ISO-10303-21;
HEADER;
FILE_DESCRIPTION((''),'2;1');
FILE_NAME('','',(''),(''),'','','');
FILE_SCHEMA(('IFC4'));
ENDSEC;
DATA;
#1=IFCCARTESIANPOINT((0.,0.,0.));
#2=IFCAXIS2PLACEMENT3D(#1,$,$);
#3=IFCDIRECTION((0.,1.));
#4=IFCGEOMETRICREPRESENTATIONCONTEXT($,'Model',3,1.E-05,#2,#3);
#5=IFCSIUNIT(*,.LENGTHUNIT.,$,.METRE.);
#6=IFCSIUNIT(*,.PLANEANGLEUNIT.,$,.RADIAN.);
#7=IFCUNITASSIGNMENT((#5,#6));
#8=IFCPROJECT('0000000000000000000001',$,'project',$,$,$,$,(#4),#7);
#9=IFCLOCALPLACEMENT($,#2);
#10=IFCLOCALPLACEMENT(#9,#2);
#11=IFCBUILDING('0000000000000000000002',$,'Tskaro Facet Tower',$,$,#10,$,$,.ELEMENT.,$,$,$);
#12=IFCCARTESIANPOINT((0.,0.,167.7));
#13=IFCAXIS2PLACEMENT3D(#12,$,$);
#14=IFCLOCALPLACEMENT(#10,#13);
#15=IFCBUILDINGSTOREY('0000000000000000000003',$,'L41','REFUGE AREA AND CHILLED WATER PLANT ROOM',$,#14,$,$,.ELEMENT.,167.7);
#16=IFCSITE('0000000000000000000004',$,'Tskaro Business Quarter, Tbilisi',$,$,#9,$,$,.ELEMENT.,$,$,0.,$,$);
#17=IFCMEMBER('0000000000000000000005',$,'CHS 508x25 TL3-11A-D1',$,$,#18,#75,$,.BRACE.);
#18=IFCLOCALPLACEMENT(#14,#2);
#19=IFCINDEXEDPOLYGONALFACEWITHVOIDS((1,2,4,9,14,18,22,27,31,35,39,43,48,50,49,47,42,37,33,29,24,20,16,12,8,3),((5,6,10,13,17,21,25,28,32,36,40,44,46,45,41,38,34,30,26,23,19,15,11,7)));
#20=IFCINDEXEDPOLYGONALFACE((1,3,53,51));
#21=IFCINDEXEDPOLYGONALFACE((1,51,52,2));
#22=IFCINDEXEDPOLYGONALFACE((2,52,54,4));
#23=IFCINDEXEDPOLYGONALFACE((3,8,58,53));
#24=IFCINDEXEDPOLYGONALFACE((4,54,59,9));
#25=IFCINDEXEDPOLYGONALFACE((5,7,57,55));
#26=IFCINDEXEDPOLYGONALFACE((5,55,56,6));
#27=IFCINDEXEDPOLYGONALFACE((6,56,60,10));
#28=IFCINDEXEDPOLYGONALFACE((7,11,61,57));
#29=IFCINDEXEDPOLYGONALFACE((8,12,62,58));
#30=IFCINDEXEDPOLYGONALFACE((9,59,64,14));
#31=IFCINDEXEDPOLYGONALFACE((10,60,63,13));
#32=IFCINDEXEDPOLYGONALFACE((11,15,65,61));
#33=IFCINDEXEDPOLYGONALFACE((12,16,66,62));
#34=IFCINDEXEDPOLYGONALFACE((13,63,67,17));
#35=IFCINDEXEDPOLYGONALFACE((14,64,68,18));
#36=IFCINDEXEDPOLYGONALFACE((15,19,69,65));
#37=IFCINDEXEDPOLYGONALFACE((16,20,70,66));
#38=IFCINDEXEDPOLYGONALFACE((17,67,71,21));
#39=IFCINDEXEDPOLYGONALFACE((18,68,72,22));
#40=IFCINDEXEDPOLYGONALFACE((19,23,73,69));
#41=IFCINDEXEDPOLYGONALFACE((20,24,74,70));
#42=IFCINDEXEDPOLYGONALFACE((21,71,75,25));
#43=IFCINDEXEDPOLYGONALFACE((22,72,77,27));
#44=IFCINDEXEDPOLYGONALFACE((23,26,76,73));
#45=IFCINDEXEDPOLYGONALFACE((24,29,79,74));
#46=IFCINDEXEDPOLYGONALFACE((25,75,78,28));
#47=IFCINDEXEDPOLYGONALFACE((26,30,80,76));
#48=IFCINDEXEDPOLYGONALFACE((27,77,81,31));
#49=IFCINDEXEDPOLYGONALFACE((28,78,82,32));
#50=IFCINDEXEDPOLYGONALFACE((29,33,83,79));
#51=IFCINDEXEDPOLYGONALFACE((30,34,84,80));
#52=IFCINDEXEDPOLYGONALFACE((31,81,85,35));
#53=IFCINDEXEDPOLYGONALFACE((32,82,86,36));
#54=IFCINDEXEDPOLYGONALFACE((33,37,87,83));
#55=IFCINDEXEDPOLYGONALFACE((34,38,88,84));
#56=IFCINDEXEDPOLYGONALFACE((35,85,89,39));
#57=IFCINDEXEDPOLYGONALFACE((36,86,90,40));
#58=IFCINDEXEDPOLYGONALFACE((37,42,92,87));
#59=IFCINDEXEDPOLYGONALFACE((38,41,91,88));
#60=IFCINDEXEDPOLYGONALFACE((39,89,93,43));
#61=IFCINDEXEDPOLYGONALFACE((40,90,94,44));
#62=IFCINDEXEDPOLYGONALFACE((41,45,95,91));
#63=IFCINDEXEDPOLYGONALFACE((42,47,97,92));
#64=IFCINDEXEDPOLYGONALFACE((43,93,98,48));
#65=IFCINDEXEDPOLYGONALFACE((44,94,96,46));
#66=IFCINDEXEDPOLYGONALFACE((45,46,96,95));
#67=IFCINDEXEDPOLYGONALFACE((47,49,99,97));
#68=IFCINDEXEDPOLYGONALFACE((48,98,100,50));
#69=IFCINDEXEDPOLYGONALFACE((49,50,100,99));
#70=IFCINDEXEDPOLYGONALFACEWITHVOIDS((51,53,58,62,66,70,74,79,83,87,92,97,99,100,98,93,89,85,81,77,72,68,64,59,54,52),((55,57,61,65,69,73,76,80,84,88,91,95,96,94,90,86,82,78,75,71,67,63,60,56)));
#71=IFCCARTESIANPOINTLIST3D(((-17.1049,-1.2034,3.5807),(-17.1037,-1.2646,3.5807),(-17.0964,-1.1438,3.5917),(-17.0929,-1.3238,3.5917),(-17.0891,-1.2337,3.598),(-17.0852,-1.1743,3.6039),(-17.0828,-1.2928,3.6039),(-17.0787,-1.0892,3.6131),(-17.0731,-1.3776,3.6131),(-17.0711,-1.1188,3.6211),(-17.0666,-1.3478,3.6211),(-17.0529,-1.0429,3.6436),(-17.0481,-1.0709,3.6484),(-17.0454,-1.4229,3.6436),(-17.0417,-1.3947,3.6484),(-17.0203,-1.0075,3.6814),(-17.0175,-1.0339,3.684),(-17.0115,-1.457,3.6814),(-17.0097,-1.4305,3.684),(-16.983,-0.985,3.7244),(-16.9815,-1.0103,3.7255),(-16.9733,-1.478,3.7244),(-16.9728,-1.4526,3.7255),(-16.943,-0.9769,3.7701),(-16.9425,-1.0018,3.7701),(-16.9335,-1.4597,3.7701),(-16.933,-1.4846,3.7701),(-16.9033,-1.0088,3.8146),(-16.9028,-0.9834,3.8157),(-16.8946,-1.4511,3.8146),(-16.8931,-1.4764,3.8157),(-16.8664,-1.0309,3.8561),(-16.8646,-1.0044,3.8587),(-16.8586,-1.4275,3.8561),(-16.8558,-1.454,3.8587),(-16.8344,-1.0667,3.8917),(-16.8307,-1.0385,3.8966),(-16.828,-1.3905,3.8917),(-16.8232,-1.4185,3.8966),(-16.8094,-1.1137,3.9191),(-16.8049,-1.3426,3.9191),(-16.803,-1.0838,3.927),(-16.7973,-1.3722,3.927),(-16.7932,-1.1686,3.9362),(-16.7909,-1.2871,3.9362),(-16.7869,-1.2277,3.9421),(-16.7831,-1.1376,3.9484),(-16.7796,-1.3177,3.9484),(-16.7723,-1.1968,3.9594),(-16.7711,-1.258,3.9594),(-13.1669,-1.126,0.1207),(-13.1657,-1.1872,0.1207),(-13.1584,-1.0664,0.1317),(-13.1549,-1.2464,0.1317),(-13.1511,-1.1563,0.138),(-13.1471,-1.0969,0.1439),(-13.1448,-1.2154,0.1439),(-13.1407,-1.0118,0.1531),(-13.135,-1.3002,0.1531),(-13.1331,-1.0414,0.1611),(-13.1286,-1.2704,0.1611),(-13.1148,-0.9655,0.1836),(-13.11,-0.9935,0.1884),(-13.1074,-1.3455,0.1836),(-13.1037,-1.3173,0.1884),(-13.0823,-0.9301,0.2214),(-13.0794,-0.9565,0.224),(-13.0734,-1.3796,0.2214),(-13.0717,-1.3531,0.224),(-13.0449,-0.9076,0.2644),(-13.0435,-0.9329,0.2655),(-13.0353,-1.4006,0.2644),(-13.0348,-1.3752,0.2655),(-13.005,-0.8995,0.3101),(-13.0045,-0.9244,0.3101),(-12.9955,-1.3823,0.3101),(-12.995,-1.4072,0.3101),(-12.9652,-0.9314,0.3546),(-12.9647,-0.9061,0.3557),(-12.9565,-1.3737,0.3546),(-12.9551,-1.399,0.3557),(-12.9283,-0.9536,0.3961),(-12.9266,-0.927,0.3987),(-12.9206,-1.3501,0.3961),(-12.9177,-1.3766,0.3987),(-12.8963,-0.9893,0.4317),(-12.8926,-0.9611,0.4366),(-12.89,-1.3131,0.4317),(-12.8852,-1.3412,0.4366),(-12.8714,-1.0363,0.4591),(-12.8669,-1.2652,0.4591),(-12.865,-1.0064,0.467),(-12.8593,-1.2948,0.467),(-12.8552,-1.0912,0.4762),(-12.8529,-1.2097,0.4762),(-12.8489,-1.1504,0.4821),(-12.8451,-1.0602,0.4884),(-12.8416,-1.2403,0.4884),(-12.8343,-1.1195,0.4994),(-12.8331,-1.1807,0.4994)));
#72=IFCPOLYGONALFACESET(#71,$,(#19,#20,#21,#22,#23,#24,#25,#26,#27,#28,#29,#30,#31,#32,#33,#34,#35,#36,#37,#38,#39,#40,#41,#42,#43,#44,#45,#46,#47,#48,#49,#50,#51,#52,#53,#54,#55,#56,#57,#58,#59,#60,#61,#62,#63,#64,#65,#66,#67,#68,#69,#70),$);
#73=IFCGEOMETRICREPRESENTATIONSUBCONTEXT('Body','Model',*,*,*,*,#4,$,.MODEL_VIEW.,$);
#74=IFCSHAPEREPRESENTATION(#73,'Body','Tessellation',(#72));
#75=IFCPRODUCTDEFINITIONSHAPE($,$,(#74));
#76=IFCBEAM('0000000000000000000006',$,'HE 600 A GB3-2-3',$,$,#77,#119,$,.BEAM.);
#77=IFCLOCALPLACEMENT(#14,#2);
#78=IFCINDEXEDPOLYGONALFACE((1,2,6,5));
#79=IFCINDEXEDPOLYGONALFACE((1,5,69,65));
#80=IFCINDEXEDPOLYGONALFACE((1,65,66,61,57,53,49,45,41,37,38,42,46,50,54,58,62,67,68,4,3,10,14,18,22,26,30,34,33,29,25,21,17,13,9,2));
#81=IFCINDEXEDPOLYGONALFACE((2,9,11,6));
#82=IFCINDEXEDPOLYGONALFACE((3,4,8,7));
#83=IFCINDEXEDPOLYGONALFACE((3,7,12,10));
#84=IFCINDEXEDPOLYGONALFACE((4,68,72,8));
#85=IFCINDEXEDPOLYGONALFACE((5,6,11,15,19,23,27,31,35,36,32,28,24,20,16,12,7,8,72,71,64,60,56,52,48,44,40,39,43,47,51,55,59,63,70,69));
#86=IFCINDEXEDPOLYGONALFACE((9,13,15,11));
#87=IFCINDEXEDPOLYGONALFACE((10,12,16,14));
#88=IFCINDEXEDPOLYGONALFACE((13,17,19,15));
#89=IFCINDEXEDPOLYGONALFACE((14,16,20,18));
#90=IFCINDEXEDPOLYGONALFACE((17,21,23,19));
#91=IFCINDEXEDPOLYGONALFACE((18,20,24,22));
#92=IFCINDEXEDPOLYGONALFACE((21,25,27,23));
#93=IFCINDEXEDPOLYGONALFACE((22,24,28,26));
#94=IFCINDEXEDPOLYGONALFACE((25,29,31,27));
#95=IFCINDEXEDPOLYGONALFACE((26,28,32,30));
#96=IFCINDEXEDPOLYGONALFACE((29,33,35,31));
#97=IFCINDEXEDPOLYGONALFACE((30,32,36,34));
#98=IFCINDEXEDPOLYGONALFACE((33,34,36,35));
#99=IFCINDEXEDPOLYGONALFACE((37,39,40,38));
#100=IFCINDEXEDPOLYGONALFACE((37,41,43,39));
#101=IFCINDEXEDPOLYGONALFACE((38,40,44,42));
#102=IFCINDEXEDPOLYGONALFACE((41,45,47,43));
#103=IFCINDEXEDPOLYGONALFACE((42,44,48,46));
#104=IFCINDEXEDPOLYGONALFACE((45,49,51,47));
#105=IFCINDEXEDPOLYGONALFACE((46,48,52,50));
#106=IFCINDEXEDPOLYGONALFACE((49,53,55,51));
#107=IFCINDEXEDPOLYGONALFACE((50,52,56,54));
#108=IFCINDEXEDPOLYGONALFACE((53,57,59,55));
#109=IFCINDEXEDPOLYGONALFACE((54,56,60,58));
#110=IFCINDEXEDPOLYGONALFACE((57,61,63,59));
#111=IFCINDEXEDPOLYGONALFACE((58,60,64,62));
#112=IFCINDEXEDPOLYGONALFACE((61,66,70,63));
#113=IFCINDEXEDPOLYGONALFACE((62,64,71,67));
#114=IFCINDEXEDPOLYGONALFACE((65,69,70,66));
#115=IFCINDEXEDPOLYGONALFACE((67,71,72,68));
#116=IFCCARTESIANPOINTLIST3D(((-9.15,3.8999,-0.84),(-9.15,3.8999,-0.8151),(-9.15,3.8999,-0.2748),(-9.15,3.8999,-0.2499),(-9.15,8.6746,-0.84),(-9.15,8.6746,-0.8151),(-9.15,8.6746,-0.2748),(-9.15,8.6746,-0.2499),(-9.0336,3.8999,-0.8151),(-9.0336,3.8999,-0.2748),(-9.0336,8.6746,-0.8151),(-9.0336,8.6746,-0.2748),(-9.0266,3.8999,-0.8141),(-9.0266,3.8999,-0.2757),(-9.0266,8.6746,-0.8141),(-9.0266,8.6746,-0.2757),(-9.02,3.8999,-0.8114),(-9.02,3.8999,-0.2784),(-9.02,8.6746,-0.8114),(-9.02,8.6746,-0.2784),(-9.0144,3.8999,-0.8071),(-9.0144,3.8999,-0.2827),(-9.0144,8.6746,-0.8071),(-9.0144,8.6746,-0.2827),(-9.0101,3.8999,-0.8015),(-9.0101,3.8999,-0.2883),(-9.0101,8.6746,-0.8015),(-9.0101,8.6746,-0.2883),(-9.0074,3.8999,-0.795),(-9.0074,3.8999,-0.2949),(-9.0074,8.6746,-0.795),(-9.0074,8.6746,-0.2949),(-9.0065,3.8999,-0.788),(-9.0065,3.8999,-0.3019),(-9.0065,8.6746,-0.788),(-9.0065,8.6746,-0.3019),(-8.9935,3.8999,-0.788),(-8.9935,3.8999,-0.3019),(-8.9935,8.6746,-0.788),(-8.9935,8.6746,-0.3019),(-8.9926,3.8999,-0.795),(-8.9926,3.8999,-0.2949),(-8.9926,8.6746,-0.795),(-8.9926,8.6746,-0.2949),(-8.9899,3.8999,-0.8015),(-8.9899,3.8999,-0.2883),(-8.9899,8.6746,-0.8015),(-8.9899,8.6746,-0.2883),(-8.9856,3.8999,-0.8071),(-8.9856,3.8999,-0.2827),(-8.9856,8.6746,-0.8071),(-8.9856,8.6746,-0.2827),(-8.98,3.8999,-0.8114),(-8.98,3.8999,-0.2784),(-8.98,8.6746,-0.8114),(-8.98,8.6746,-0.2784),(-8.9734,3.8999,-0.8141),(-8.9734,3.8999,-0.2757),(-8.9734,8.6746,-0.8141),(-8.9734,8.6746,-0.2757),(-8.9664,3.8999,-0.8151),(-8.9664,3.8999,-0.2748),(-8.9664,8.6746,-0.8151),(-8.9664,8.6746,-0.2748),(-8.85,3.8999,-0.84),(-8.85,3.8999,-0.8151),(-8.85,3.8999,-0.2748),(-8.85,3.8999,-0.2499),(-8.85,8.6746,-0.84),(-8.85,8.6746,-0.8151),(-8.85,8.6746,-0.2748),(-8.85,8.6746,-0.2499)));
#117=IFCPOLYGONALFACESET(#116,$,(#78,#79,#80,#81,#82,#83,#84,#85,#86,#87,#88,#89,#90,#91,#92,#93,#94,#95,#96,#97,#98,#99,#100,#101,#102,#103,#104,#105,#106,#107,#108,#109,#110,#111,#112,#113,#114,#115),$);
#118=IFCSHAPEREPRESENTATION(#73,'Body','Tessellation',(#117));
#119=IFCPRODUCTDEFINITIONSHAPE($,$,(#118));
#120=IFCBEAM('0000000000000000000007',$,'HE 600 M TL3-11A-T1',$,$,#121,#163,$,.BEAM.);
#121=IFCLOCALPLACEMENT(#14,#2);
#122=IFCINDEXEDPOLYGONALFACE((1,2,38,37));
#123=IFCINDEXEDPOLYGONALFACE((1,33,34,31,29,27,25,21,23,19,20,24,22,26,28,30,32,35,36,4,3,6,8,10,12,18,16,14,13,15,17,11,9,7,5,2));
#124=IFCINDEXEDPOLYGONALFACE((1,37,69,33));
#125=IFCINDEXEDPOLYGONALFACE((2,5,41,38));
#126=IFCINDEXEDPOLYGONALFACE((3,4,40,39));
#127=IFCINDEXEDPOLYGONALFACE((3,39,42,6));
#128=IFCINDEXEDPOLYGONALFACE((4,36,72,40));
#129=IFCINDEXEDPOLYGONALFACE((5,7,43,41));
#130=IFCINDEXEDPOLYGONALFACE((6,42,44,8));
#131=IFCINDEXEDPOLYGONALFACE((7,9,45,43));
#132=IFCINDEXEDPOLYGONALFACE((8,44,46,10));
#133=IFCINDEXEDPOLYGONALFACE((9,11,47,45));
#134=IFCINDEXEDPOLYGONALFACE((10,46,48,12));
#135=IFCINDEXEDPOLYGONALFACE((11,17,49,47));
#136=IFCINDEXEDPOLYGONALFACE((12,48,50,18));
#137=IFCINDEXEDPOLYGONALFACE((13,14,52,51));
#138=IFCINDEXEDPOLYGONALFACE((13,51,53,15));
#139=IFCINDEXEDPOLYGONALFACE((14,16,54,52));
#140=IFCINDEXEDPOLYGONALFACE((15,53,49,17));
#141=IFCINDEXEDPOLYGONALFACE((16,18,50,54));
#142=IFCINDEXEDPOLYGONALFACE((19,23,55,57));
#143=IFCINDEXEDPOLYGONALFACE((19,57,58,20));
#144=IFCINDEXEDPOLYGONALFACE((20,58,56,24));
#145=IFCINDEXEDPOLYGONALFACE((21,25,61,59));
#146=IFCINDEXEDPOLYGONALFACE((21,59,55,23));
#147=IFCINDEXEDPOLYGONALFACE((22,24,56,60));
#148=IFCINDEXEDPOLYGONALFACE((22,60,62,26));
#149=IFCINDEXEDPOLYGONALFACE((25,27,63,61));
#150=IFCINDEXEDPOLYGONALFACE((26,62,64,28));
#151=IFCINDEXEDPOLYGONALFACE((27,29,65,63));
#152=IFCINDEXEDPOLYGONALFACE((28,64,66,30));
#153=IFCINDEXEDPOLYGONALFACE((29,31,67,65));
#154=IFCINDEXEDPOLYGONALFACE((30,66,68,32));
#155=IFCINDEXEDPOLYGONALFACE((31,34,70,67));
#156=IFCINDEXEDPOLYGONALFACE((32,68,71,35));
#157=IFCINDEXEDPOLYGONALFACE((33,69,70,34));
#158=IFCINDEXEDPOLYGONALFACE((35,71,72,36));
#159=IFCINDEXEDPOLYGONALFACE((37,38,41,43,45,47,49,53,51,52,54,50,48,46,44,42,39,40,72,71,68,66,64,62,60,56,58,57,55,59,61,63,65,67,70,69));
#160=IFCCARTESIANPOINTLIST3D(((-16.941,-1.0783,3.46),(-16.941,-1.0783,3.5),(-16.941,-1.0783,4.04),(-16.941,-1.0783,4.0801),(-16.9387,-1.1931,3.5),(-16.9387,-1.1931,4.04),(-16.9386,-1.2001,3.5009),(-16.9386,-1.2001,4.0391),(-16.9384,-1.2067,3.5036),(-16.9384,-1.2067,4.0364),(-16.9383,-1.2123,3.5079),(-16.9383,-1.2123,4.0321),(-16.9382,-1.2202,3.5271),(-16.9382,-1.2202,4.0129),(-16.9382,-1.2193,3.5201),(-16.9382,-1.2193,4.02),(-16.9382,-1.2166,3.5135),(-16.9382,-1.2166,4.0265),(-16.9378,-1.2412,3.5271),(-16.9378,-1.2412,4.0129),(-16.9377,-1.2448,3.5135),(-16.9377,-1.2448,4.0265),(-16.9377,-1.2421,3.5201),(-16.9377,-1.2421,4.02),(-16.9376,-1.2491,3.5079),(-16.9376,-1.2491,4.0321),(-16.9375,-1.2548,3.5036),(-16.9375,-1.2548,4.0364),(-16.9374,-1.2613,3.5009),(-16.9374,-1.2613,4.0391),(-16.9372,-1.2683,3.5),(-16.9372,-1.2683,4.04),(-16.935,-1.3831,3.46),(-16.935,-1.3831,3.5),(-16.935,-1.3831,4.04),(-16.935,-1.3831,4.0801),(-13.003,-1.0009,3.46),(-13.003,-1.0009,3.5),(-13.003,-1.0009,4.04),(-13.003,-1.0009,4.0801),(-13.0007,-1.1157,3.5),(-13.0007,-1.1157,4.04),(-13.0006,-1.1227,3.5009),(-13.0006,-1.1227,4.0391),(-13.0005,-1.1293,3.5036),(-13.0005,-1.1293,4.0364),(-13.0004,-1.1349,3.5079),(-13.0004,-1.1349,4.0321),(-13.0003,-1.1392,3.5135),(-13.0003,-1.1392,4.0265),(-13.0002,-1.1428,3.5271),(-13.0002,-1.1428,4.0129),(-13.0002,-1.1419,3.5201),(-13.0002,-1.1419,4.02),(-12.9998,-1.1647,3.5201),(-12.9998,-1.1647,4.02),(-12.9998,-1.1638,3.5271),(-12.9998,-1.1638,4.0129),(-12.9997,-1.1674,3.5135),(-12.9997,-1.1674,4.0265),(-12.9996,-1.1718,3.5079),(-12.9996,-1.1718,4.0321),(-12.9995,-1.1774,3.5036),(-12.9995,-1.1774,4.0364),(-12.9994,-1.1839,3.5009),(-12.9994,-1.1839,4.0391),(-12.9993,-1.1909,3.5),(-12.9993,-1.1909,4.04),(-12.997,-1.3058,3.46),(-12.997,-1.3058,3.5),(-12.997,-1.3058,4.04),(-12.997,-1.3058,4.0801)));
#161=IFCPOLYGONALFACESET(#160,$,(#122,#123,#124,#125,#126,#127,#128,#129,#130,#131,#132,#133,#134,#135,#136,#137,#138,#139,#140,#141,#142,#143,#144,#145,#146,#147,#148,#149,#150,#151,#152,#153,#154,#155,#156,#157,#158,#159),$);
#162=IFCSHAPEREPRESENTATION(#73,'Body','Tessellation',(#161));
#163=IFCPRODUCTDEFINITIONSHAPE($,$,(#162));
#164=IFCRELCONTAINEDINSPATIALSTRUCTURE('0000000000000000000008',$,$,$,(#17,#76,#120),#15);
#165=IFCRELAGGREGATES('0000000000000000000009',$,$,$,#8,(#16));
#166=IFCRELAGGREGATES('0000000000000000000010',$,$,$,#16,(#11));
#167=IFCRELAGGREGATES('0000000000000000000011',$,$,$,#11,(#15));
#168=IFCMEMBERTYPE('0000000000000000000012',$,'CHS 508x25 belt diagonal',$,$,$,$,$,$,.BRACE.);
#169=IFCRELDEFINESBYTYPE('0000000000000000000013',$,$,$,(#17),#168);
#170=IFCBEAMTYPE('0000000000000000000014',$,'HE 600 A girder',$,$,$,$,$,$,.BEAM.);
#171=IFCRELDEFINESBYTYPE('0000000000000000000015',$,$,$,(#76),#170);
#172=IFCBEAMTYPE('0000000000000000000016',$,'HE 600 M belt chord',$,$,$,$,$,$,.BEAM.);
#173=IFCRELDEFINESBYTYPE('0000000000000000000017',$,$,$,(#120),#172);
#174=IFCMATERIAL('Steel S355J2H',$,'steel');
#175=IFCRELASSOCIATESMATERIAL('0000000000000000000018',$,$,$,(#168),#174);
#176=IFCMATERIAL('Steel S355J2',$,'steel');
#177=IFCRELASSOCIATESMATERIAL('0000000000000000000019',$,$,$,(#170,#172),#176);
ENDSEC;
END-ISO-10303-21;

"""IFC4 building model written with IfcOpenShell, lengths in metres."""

from ifc_helpers import new_model, si_unit, direction, frame, origin, origin_2d, place, context, subcontext, project, spatial, hollow_circle, i_section, extrude, material, material_profile, profile_set, type_object, element, save


model = new_model("IFC4")

# Units and contexts
model_context = context("Model", 3, precision=1e-05, world=origin(), true_north=direction((0.0, 1.0)))
body_context = subcontext(model_context, "Body", "Model", "MODEL_VIEW")
ifc_project = project(units=[si_unit("LENGTHUNIT", "METRE"), si_unit("PLANEANGLEUNIT", "RADIAN")], contexts=[model_context])

# Site, building, storey
site_placement = place(None, origin())
site = spatial("IfcSite", under=ifc_project, at=site_placement, Name="Tskaro Business Quarter, Tbilisi", CompositionType="ELEMENT", RefElevation=0.0)
building_placement = place(site_placement, origin())
building = spatial("IfcBuilding", under=site, at=building_placement, Name="Tskaro Facet Tower", CompositionType="ELEMENT")
storey_placement = place(building_placement, frame((0.0, 0.0, 167.7)))
storey = spatial("IfcBuildingStorey", under=building, at=storey_placement, Name="L41", Description="REFUGE AREA AND CHILLED WATER PLANT ROOM", CompositionType="ELEMENT", Elevation=167.7)

# Member
ifc_material_1 = material(Name="Steel S355J2H", Category="steel")
ifc_material_profile_1 = material_profile(ifc_material_1, hollow_circle(Radius=0.2539, WallThickness=0.0249, at=origin_2d()), Name="CHS 508x25")
ifc_profile_set_1 = profile_set([ifc_material_profile_1], Name="Steel S355J2H")
member_type = type_object("IfcMemberType", Name="CHS 508x25 belt diagonal", PredefinedType="BRACE", material=ifc_profile_set_1)
member_placement = place(storey_placement, frame((-13.0, -1.1533, 0.3101), z_axis=(-0.751149, -0.014762, 0.659968), x_axis=(0.019649, -0.999807, 0.0)))
element("IfcMember", 1, at=member_placement, inside=storey, type_object=member_type, Name="CHS 508x25 TL3-11A-D1", PredefinedType="BRACE", context=body_context, shape_type="SweptSolid", body=[
    extrude(hollow_circle(Radius=0.2539, WallThickness=0.0249, at=origin_2d()), origin(), (0.0, 0.0, 1.0), 5.2427),
])

# Beams
ifc_material_2 = material(Name="Steel S355J2", Category="steel")
ifc_material_profile_2 = material_profile(ifc_material_2, i_section(OverallWidth=0.3, OverallDepth=0.5901, WebThickness=0.0129, FlangeThickness=0.0249, FilletRadius=0.0271, at=origin_2d()), Name="HE 600 A")
ifc_profile_set_2 = profile_set([ifc_material_profile_2], Name="Steel S355J2")
beam_type_1 = type_object("IfcBeamType", Name="HE 600 A girder", PredefinedType="BEAM", material=ifc_profile_set_2)
beam_1_placement = place(storey_placement, frame((-9.0, 3.8999, -0.5449), z_axis=(0.0, 1.0, 0.0), x_axis=(-1.0, 0.0, 0.0)))
element("IfcBeam", 2, at=beam_1_placement, inside=storey, type_object=beam_type_1, Name="HE 600 A GB3-2-3", PredefinedType="BEAM", context=body_context, shape_type="SweptSolid", body=[
    extrude(i_section(OverallWidth=0.3, OverallDepth=0.5901, WebThickness=0.0129, FlangeThickness=0.0249, FilletRadius=0.0271, at=origin_2d()), origin(), (0.0, 0.0, 1.0), 4.7747),
])
ifc_material_profile_3 = material_profile(ifc_material_2, i_section(OverallWidth=0.3049, OverallDepth=0.6201, WebThickness=0.021, FlangeThickness=0.04, FilletRadius=0.0271, at=origin_2d()), Name="HE 600 M")
ifc_profile_set_3 = profile_set([ifc_material_profile_3], Name="Steel S355J2")
beam_type_2 = type_object("IfcBeamType", Name="HE 600 M belt chord", PredefinedType="BEAM", material=ifc_profile_set_3)
for number, where, z_axis, x_axis, name in (
    (3, (-13.0, -1.1533, 3.77), (-0.999807, -0.019649, 0.0), (0.019649, -0.999807, 0.0), "HE 600 M TL3-11A-T1"),
):
    element("IfcBeam", number, at=place(storey_placement, frame(where, z_axis=z_axis, x_axis=x_axis)), inside=storey, type_object=beam_type_2, Name=name, PredefinedType="BEAM", context=body_context, shape_type="SweptSolid", body=[
        extrude(i_section(OverallWidth=0.3049, OverallDepth=0.6201, WebThickness=0.021, FlangeThickness=0.04, FilletRadius=0.0271, at=origin_2d()), origin(), (0.0, 0.0, 1.0), 3.9387),
    ])

save(model, "model.ifc")
